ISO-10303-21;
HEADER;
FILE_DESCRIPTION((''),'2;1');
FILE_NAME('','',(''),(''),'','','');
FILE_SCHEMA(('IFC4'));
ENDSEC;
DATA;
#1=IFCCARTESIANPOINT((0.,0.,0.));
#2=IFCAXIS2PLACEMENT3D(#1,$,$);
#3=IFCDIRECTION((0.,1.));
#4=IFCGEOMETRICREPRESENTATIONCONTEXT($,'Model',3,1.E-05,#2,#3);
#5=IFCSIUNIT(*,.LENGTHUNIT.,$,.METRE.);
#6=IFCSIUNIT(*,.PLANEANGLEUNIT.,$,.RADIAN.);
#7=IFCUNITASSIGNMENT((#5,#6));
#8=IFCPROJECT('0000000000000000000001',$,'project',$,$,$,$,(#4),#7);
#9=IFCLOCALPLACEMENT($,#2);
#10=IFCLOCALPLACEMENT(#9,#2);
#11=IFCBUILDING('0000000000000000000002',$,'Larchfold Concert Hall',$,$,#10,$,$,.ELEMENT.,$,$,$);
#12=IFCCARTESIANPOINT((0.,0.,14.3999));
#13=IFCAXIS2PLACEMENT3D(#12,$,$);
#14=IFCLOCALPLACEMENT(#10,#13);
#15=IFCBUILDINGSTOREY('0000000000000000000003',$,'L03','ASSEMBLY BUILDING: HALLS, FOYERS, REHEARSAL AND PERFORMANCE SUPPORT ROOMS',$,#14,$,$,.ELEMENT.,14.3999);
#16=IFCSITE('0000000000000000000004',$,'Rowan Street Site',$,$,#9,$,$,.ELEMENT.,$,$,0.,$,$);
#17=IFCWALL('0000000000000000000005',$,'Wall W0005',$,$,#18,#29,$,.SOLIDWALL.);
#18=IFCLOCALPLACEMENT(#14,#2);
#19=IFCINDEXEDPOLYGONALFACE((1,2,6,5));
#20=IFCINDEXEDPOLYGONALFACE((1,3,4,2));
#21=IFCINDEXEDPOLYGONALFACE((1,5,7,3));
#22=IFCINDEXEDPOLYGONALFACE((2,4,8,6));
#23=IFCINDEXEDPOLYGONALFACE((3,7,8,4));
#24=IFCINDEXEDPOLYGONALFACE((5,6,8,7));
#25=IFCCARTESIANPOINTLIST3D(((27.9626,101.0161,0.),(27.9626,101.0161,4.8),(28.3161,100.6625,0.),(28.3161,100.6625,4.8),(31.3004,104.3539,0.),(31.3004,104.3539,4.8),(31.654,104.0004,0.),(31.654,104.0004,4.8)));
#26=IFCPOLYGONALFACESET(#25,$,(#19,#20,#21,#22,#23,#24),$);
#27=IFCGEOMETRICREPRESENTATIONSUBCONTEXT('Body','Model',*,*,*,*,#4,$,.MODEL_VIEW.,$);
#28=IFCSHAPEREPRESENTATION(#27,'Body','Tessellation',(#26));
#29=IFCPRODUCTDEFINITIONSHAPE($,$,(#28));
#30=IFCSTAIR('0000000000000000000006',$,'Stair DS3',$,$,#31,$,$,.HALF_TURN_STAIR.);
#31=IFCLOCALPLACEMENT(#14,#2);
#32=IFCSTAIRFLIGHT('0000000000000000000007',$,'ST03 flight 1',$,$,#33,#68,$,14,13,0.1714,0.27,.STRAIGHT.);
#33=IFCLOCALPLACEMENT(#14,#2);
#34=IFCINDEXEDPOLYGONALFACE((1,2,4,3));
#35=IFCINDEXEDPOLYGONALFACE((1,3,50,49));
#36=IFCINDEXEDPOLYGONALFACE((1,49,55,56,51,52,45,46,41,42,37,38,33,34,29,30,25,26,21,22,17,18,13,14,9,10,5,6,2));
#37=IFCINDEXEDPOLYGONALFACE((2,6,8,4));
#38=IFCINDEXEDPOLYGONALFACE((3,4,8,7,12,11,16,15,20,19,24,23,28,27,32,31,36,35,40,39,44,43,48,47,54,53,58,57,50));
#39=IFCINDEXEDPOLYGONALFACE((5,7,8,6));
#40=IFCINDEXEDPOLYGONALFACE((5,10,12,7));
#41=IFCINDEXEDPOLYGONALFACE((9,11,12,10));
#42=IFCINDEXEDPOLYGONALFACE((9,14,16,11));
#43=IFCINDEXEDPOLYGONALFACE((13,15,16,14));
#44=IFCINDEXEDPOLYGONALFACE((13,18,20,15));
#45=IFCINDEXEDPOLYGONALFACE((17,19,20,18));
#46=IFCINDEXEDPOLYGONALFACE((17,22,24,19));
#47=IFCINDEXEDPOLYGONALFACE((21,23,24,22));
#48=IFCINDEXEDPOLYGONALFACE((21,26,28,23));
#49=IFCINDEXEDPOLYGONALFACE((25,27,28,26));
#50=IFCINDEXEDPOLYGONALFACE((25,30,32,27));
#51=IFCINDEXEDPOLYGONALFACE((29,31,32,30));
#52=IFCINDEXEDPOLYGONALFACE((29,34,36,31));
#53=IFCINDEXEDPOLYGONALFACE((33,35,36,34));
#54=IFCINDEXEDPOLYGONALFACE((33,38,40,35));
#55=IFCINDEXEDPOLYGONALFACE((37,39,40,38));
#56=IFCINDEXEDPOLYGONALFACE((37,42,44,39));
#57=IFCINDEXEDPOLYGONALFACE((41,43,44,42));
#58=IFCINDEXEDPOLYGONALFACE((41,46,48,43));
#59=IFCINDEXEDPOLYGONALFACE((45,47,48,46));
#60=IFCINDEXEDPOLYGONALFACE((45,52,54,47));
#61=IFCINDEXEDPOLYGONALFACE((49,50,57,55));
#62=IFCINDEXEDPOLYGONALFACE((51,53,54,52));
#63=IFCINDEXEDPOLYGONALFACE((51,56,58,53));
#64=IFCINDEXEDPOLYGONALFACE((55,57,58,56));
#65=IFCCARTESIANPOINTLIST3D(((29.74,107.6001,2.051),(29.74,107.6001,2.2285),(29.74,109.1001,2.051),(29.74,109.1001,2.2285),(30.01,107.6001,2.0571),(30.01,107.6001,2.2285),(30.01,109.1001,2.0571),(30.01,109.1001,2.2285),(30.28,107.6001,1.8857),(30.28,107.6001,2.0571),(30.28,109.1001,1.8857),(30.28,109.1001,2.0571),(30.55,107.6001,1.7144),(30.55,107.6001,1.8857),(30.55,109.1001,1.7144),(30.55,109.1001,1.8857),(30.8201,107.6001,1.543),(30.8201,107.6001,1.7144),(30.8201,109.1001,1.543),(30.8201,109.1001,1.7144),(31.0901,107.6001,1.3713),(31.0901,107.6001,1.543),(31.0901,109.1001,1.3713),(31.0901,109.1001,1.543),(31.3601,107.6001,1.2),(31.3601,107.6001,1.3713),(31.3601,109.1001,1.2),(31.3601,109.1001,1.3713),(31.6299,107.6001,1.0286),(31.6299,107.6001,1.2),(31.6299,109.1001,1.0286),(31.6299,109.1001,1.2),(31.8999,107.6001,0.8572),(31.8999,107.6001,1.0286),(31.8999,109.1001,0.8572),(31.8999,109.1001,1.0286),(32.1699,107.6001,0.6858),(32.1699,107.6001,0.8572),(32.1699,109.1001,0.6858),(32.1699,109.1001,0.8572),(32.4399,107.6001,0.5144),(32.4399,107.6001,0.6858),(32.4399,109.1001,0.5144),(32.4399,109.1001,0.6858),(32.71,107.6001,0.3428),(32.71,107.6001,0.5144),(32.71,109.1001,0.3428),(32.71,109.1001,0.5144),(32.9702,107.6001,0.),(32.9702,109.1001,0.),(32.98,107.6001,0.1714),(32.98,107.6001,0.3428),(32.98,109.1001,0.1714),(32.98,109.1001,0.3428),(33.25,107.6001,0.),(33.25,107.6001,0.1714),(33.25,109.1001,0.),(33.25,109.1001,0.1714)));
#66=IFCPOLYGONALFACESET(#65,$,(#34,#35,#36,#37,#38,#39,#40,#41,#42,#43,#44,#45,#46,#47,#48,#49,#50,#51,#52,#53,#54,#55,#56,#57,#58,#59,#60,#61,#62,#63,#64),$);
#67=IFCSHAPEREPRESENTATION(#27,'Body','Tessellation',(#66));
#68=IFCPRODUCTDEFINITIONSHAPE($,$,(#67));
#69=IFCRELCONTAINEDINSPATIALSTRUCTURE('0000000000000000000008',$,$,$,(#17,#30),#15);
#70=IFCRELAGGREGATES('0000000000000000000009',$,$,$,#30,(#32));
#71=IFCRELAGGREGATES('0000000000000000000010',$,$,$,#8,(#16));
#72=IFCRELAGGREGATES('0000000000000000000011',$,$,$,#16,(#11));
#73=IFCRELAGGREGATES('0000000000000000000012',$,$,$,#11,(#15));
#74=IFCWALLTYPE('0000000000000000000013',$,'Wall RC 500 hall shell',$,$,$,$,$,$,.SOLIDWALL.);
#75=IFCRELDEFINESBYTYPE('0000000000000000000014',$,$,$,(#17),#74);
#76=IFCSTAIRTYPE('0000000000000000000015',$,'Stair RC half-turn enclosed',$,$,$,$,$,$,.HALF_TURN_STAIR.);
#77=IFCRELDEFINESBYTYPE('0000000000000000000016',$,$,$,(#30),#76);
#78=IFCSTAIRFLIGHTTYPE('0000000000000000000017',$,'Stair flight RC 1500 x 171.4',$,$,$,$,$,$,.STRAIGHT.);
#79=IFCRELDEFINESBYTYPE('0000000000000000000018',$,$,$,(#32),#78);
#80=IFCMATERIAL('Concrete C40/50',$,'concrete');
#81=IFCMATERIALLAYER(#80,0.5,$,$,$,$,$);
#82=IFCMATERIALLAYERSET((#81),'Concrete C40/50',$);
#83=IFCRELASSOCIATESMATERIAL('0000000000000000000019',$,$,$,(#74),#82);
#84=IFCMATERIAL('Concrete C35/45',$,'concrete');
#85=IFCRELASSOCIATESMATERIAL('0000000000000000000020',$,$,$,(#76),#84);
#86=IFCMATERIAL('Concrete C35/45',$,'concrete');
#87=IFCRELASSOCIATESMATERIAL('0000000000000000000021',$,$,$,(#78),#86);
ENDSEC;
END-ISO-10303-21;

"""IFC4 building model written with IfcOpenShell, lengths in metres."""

from ifc_helpers import new_model, si_unit, direction, frame, frame_2d, origin, place, context, subcontext, project, spatial, polyline, rectangle, outline, extrude, material, layer, layer_set, type_object, element, aggregate, save


model = new_model("IFC4")

# Units and contexts
model_context = context("Model", 3, precision=1e-05, world=origin(), true_north=direction((0.0, 1.0)))
body_context = subcontext(model_context, "Body", "Model", "MODEL_VIEW")
ifc_project = project(units=[si_unit("LENGTHUNIT", "METRE"), si_unit("PLANEANGLEUNIT", "RADIAN")], contexts=[model_context])

# Site, building, storey
site_placement = place(None, origin())
site = spatial("IfcSite", under=ifc_project, at=site_placement, Name="Rowan Street Site", CompositionType="ELEMENT", RefElevation=0.0)
building_placement = place(site_placement, origin())
building = spatial("IfcBuilding", under=site, at=building_placement, Name="Larchfold Concert Hall", CompositionType="ELEMENT")
storey_placement = place(building_placement, frame((0.0, 0.0, 14.3999)))
storey = spatial("IfcBuildingStorey", under=building, at=storey_placement, Name="L03", Description="ASSEMBLY BUILDING: HALLS, FOYERS, REHEARSAL AND PERFORMANCE SUPPORT ROOMS", CompositionType="ELEMENT", Elevation=14.3999)

# Wall
ifc_material_1 = material(Name="Concrete C40/50", Category="concrete")
ifc_layer_1 = layer(ifc_material_1, 0.5)
ifc_layer_set_1 = layer_set([ifc_layer_1], Name="Concrete C40/50")
wall_type_1 = type_object("IfcWallType", Name="Wall RC 500 hall shell", PredefinedType="SOLIDWALL", material=ifc_layer_set_1)
wall_1_placement = place(storey_placement, frame((31.4773, 104.1772, 0.0), z_axis=(0.0, 0.0, 1.0), x_axis=(-0.707107, -0.707107, 0.0)))
element("IfcWall", 1, at=wall_1_placement, inside=storey, type_object=wall_type_1, Name="Wall W0005", PredefinedType="SOLIDWALL", context=body_context, shape_type="SweptSolid", body=[
    extrude(rectangle(XDim=4.7205, YDim=0.5, at=frame_2d((2.3604, 0.0))), origin(), (0.0, 0.0, 1.0), 4.8),
])

# Stair, stair flight
ifc_material_2 = material(Name="Concrete C35/45", Category="concrete")
stair_type = type_object("IfcStairType", Name="Stair RC half-turn enclosed", PredefinedType="HALF_TURN_STAIR", material=ifc_material_2)
stair_placement = place(storey_placement, origin())
stair = element("IfcStair", 2, at=stair_placement, inside=storey, type_object=stair_type, Name="Stair DS3", PredefinedType="HALF_TURN_STAIR")
ifc_material_3 = material(Name="Concrete C35/45", Category="concrete")
stair_flight_type = type_object("IfcStairFlightType", Name="Stair flight RC 1500 x 171.4", PredefinedType="STRAIGHT", material=ifc_material_3)
stair_flight_placement = place(storey_placement, frame((33.25, 108.3501, 0.0), z_axis=(0.0, 0.0, 1.0), x_axis=(-1.0, 0.0, 0.0)))
stair_flight = element("IfcStairFlight", 3, at=stair_flight_placement, type_object=stair_flight_type, Name="ST03 flight 1", NumberOfRisers=14, NumberOfTreads=13, PredefinedType="STRAIGHT", RiserHeight=0.1714, TreadLength=0.27, context=body_context, shape_type="SweptSolid", body=[
    extrude(outline(polyline([(0.0, 0.0), (0.0, 0.1714), (0.27, 0.1714), (0.27, 0.3428), (0.54, 0.3428), (0.54, 0.5144), (0.8101, 0.5144), (0.8101, 0.6858), (1.0801, 0.6858), (1.0801, 0.8572), (1.3501, 0.8572), (1.3501, 1.0286), (1.6201, 1.0286), (1.6201, 1.2), (1.8899, 1.2), (1.8899, 1.3713), (2.1599, 1.3713), (2.1599, 1.543), (2.4299, 1.543), (2.4299, 1.7144), (2.7, 1.7144), (2.7, 1.8857), (2.97, 1.8857), (2.97, 2.0571), (3.24, 2.0571), (3.24, 2.2285), (3.51, 2.2285), (3.51, 2.3999), (3.51, 2.051), (0.2798, 0.0), (0.0, 0.0)])), frame((0.0, 0.75, 0.0), z_axis=(0.0, -1.0, 0.0), x_axis=(1.0, 0.0, 0.0)), (0.0, 0.0, 1.0), 1.5),
])
aggregate(stair, [stair_flight])

save(model, "model.ifc")
